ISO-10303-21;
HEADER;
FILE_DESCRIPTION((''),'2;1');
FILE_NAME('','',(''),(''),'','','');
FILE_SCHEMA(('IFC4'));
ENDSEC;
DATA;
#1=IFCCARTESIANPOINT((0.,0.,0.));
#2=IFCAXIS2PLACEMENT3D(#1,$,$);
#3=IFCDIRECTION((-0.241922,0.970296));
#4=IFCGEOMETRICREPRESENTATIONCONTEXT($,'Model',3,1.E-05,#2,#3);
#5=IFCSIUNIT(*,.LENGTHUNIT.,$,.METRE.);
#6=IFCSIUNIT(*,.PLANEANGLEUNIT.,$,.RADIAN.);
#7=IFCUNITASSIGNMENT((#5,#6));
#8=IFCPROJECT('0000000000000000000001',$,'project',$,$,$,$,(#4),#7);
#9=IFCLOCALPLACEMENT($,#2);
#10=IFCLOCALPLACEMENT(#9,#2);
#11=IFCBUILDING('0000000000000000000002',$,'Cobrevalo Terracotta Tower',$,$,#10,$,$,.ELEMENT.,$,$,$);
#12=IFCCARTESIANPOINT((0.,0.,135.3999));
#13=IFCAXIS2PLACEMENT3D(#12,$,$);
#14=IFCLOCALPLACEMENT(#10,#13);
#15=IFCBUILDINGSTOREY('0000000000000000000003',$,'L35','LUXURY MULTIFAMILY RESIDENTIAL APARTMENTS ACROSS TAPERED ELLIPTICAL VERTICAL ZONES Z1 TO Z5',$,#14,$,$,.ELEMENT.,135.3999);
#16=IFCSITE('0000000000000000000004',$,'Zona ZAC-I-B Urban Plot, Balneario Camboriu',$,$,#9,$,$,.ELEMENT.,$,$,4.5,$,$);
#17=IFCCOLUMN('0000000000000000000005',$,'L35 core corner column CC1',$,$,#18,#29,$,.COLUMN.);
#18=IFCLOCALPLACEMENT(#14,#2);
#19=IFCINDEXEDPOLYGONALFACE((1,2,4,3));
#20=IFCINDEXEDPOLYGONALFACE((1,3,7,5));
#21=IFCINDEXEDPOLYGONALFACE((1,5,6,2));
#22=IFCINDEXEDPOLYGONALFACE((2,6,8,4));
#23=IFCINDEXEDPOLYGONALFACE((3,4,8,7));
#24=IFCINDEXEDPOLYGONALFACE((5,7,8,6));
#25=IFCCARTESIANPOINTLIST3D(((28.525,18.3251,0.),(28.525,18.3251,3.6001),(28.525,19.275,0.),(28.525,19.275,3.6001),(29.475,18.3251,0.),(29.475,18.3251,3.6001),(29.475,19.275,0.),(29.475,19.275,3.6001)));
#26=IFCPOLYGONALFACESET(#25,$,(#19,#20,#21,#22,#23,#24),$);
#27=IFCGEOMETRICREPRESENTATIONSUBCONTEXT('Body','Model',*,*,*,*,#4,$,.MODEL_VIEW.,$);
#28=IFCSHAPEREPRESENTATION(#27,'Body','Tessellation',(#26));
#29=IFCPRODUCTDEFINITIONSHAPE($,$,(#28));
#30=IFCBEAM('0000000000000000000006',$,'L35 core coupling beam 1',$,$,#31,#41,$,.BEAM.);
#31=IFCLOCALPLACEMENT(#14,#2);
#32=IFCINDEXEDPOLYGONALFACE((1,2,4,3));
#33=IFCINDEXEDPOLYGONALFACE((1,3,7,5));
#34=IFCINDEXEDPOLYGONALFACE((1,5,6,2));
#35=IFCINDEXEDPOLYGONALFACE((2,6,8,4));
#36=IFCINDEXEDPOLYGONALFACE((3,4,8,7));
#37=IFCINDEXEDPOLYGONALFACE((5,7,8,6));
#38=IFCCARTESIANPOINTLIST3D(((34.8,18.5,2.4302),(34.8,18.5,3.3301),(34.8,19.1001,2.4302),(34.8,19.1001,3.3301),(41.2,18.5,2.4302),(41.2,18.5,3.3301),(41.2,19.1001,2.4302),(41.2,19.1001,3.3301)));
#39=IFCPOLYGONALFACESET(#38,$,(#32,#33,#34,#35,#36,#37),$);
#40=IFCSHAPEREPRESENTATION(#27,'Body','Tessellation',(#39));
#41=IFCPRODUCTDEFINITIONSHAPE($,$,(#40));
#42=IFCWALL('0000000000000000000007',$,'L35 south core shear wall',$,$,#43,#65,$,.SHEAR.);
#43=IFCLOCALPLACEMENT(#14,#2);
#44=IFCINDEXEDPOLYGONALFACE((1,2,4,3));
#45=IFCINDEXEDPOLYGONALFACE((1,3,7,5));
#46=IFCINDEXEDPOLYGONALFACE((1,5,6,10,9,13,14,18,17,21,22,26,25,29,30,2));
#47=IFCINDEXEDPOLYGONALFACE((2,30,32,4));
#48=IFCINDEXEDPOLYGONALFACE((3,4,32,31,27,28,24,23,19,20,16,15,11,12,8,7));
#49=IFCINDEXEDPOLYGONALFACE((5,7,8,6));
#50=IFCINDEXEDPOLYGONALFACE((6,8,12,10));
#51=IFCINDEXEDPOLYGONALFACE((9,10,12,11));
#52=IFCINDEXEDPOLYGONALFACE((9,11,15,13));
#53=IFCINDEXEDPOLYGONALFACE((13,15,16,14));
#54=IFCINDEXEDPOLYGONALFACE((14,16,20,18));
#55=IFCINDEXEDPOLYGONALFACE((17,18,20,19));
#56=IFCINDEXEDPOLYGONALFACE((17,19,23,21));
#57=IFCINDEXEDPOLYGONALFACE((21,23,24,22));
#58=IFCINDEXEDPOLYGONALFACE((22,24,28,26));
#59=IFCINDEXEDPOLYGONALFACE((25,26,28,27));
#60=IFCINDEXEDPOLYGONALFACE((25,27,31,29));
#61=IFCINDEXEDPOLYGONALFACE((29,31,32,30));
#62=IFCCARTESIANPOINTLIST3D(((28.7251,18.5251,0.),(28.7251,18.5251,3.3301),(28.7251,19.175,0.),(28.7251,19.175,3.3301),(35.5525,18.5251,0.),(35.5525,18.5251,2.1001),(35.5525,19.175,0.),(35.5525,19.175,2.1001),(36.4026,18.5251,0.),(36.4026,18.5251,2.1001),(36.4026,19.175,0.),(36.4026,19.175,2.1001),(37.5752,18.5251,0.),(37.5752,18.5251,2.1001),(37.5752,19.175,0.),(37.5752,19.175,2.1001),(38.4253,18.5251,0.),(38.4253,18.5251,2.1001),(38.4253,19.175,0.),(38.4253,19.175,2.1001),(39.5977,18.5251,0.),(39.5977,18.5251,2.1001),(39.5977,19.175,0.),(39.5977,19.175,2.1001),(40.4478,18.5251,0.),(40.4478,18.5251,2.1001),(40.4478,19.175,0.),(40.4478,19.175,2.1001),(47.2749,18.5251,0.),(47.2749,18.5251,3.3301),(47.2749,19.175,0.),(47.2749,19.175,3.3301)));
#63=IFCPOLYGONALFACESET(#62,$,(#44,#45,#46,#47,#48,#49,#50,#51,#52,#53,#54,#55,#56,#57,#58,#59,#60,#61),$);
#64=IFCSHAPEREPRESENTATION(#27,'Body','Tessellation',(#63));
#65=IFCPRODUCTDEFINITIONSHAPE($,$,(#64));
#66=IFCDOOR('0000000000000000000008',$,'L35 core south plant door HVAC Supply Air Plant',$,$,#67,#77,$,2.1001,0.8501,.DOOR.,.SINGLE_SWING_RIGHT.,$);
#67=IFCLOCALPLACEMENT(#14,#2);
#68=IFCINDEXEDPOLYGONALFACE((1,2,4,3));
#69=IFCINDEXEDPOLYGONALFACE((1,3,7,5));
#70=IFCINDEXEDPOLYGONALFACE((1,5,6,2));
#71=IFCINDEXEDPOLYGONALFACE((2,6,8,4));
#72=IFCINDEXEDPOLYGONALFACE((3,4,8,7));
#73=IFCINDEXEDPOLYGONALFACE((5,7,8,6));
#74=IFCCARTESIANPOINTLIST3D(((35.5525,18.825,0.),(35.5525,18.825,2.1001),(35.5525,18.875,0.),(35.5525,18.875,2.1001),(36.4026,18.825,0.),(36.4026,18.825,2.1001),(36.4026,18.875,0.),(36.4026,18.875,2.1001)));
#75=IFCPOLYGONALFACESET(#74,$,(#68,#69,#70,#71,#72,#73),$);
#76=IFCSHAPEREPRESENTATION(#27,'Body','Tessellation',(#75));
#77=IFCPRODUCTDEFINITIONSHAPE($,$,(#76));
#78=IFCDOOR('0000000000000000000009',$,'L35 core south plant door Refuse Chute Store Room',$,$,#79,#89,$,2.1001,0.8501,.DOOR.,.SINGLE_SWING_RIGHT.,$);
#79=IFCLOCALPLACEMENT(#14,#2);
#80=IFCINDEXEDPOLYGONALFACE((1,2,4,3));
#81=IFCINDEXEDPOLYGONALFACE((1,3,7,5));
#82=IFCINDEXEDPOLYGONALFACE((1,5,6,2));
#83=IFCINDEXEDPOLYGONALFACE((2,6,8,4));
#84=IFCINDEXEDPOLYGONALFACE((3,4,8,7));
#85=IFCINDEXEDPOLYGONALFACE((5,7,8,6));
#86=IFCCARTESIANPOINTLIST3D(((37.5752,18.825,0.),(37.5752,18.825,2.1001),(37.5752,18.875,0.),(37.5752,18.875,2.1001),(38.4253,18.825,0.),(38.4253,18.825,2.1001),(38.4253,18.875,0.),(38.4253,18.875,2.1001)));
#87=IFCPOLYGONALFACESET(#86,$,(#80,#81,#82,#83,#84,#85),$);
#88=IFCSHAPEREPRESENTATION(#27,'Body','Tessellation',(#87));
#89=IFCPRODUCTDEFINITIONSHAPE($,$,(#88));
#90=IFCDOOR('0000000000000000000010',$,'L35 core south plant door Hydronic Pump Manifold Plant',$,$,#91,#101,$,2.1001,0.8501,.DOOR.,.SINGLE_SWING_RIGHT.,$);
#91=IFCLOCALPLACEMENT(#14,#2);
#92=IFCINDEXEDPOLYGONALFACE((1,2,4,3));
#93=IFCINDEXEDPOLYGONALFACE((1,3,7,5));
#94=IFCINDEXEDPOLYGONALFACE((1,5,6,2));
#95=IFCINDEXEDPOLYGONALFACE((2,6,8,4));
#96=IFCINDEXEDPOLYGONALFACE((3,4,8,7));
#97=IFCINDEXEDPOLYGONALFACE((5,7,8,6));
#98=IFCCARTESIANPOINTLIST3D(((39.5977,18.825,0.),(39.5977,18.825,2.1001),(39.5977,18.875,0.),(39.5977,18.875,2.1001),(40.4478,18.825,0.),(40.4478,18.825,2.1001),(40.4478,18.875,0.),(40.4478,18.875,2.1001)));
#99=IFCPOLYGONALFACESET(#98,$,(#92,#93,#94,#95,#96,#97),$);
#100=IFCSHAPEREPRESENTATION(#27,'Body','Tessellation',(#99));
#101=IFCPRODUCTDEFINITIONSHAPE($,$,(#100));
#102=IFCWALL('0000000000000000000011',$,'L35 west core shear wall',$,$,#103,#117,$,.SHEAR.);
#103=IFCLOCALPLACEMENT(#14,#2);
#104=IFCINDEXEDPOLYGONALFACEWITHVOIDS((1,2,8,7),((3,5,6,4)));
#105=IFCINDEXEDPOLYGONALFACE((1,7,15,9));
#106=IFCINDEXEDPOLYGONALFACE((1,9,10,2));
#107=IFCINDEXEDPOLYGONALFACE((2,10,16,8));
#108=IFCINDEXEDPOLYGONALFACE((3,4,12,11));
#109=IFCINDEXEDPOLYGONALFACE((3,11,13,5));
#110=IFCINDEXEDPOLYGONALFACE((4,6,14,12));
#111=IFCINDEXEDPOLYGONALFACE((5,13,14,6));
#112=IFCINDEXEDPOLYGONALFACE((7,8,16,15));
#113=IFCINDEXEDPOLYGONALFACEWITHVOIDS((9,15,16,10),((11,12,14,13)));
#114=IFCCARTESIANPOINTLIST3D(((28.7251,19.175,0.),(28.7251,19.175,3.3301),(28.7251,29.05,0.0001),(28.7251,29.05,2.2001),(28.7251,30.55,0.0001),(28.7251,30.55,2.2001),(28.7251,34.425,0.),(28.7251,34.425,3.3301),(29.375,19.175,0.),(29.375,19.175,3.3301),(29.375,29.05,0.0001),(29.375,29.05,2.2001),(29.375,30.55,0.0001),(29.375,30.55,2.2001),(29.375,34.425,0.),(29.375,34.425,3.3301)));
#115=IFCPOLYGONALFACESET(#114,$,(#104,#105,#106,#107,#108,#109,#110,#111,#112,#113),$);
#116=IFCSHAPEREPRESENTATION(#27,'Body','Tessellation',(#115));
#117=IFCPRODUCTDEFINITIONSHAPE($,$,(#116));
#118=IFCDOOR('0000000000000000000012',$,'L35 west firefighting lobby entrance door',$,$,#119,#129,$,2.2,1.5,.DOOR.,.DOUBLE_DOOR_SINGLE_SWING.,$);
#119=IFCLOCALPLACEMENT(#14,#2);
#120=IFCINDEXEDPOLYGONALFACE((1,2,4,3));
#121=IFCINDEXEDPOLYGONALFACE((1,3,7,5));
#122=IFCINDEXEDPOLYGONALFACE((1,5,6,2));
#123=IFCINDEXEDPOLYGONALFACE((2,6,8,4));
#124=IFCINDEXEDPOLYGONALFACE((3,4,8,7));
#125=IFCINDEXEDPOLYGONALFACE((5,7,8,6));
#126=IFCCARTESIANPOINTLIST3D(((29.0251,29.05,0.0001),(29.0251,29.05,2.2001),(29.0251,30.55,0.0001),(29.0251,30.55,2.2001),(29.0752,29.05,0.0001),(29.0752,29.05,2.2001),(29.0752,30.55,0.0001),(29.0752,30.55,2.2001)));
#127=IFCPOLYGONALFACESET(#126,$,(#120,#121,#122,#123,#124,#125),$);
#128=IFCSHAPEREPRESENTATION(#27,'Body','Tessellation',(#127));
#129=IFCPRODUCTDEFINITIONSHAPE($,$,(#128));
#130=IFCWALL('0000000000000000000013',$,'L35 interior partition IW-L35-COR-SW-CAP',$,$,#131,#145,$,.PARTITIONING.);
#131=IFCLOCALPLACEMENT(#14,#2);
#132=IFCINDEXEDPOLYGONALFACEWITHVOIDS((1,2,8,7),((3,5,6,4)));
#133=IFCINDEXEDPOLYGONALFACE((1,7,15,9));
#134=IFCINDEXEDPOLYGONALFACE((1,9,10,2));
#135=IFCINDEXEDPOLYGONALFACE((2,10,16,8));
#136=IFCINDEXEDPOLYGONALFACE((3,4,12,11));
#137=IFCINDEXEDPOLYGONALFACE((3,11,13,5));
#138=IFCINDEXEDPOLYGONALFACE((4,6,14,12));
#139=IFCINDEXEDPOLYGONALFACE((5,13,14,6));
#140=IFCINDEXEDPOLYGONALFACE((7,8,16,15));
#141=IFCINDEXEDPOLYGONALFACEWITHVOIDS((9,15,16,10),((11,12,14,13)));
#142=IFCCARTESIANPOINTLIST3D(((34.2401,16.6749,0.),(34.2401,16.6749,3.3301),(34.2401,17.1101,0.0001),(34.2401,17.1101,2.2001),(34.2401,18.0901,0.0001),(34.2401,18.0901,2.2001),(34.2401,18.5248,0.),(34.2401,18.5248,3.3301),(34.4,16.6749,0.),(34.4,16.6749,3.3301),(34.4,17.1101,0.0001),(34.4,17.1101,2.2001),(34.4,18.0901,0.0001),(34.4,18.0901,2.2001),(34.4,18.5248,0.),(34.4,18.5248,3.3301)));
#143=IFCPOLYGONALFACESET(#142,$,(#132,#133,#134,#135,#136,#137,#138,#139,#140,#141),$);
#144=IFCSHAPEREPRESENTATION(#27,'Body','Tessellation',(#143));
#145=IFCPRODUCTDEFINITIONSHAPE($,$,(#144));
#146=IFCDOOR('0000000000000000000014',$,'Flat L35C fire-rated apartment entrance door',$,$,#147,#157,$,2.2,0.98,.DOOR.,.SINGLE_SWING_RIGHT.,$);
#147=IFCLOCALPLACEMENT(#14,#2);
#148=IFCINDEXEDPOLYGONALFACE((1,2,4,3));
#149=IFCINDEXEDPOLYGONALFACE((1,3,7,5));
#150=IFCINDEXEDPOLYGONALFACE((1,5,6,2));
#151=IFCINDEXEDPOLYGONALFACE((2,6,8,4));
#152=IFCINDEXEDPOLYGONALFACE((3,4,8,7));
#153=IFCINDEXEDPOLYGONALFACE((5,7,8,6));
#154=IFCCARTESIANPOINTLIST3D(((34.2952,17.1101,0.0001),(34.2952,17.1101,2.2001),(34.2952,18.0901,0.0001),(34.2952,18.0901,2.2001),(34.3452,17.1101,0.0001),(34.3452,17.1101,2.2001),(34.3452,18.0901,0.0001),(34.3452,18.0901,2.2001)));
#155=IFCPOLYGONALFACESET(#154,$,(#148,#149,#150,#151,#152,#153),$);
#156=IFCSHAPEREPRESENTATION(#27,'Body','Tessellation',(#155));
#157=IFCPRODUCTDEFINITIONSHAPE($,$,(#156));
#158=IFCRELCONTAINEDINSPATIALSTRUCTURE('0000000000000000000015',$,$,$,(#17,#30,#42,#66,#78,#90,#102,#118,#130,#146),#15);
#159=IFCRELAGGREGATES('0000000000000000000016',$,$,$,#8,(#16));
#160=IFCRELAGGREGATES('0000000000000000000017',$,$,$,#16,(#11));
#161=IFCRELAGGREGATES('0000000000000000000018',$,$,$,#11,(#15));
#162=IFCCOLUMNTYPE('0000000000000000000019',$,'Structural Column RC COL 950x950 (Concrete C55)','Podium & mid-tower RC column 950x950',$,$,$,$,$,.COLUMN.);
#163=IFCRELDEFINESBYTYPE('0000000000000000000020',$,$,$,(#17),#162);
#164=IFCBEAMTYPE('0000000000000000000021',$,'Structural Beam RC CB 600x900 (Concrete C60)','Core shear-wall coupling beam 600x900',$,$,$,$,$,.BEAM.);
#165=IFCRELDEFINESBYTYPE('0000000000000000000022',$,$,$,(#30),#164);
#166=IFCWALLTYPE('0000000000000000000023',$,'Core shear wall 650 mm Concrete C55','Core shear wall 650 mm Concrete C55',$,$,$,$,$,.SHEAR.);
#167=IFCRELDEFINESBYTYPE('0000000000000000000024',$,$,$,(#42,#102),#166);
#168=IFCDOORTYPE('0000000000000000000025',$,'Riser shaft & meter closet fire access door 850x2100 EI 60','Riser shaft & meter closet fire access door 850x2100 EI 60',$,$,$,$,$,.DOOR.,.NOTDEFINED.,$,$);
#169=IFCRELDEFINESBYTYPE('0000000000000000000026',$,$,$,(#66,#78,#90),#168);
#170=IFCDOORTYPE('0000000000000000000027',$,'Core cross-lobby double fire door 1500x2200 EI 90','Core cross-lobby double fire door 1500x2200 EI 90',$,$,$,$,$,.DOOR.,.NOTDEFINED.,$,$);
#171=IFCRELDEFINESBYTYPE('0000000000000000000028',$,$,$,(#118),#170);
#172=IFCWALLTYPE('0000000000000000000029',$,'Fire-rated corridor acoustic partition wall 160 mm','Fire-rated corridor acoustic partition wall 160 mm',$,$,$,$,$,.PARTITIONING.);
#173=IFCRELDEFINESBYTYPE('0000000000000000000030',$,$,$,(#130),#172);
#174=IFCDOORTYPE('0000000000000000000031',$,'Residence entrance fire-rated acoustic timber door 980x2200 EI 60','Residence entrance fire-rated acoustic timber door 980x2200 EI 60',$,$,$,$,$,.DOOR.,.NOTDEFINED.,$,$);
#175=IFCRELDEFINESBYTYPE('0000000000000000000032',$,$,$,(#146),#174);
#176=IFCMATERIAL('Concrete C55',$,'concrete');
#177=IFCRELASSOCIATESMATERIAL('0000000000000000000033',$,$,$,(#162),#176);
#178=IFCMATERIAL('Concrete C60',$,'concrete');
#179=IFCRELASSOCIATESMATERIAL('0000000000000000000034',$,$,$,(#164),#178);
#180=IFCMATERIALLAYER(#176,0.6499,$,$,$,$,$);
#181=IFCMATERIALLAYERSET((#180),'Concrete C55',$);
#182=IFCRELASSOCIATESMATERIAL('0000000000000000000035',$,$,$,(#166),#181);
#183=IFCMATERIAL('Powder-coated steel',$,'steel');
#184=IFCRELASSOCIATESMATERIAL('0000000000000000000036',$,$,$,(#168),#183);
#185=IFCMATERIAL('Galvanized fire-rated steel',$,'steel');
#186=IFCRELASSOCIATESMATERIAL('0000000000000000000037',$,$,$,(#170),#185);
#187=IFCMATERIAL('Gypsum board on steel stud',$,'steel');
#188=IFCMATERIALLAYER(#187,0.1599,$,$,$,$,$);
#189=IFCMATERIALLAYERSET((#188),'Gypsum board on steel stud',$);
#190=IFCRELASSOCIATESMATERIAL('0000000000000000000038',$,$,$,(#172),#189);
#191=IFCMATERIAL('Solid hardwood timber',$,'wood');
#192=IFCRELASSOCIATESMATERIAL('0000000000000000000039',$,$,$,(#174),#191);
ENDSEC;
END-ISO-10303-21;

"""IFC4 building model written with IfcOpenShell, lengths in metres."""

from ifc_helpers import new_model, si_unit, direction, frame, frame_2d, origin, origin_2d, place, context, subcontext, project, spatial, rectangle, extrude, source, transform, mapped, material, layer, layer_set, material_profile, profile_set, type_object, element, fill, save


model = new_model("IFC4")

# Units and contexts
model_context = context("Model", 3, precision=1e-05, world=origin(), true_north=direction((-0.241922, 0.970296)))
body_context = subcontext(model_context, "Body", "Model", "MODEL_VIEW")
ifc_project = project(units=[si_unit("LENGTHUNIT", "METRE"), si_unit("PLANEANGLEUNIT", "RADIAN")], contexts=[model_context])

# Site, building, storey
site_placement = place(None, origin())
site = spatial("IfcSite", under=ifc_project, at=site_placement, Name="Zona ZAC-I-B Urban Plot, Balneario Camboriu", CompositionType="ELEMENT", RefElevation=4.5)
building_placement = place(site_placement, origin())
building = spatial("IfcBuilding", under=site, at=building_placement, Name="Cobrevalo Terracotta Tower", CompositionType="ELEMENT")
storey_placement = place(building_placement, frame((0.0, 0.0, 135.3999)))
storey = spatial("IfcBuildingStorey", under=building, at=storey_placement, Name="L35", Description="LUXURY MULTIFAMILY RESIDENTIAL APARTMENTS ACROSS TAPERED ELLIPTICAL VERTICAL ZONES Z1 TO Z5", CompositionType="ELEMENT", Elevation=135.3999)

# Column
ifc_material_1 = material(Name="Concrete C55", Category="concrete")
ifc_material_profile_1 = material_profile(ifc_material_1, rectangle(XDim=0.95, YDim=0.95, at=origin_2d()), Name="RC COL 950x950")
ifc_profile_set_1 = profile_set([ifc_material_profile_1], Name="Concrete C55")
column_type = type_object("IfcColumnType", Name="Structural Column RC COL 950x950 (Concrete C55)", Description="Podium & mid-tower RC column 950x950", PredefinedType="COLUMN", material=ifc_profile_set_1)
column_placement = place(storey_placement, frame((29.0, 18.8, 0.0), z_axis=(0.0, 0.0, 1.0), x_axis=(1.0, 0.0, 0.0)))
element("IfcColumn", 1, at=column_placement, inside=storey, type_object=column_type, Name="L35 core corner column CC1", PredefinedType="COLUMN", context=body_context, shape_type="SweptSolid", body=[
    extrude(rectangle(XDim=0.95, YDim=0.95, at=origin_2d()), origin(), (0.0, 0.0, 1.0), 3.6001),
])

# Beam
ifc_material_2 = material(Name="Concrete C60", Category="concrete")
ifc_material_profile_2 = material_profile(ifc_material_2, rectangle(XDim=0.6001, YDim=0.8999, at=origin_2d()), Name="RC CB 600x900")
ifc_profile_set_2 = profile_set([ifc_material_profile_2], Name="Concrete C60")
beam_type = type_object("IfcBeamType", Name="Structural Beam RC CB 600x900 (Concrete C60)", Description="Core shear-wall coupling beam 600x900", PredefinedType="BEAM", material=ifc_profile_set_2)
beam_placement = place(storey_placement, frame((34.8, 18.8, 2.8801), z_axis=(1.0, 0.0, 0.0), x_axis=(0.0, 1.0, 0.0)))
element("IfcBeam", 2, at=beam_placement, inside=storey, type_object=beam_type, Name="L35 core coupling beam 1", PredefinedType="BEAM", context=body_context, shape_type="SweptSolid", body=[
    extrude(rectangle(XDim=0.6001, YDim=0.8999, at=origin_2d()), origin(), (0.0, 0.0, 1.0), 6.3999),
])

# Wall, openings, doors
ifc_layer_1 = layer(ifc_material_1, 0.6499)
ifc_layer_set_1 = layer_set([ifc_layer_1], Name="Concrete C55")
wall_type_1 = type_object("IfcWallType", Name="Core shear wall 650 mm Concrete C55", Description="Core shear wall 650 mm Concrete C55", PredefinedType="SHEAR", material=ifc_layer_set_1)
wall_1_placement = place(storey_placement, frame((28.7251, 18.8501, 0.0), z_axis=(0.0, 0.0, 1.0), x_axis=(1.0, 0.0, 0.0)))
wall_1 = element("IfcWall", 3, at=wall_1_placement, inside=storey, type_object=wall_type_1, Name="L35 south core shear wall", PredefinedType="SHEAR", context=body_context, shape_type="SweptSolid", body=[
    extrude(rectangle(XDim=18.5498, YDim=0.6499, at=frame_2d((9.2749, 0.0))), origin(), (0.0, 0.0, 1.0), 3.3301),
])
opening_1_placement = place(wall_1_placement, frame((6.8274, 0.0, 0.0)))
opening_1 = element("IfcOpeningElement", 4, at=opening_1_placement, cuts=wall_1, PredefinedType="OPENING", context=body_context, shape_type="SweptSolid", body=[
    extrude(rectangle(XDim=0.8501, YDim=2.1001, at=frame_2d((0.425, 1.05))), frame((0.0, 0.335, 0.0), z_axis=(0.0, -1.0, 0.0), x_axis=(1.0, 0.0, 0.0)), (0.0, 0.0, 1.0), 0.6699),
])
opening_2_placement = place(wall_1_placement, frame((8.8501, 0.0, 0.0)))
opening_2 = element("IfcOpeningElement", 5, at=opening_2_placement, cuts=wall_1, PredefinedType="OPENING", context=body_context, shape_type="SweptSolid", body=[
    extrude(rectangle(XDim=0.8501, YDim=2.1001, at=frame_2d((0.425, 1.05))), frame((0.0, 0.335, 0.0), z_axis=(0.0, -1.0, 0.0), x_axis=(1.0, 0.0, 0.0)), (0.0, 0.0, 1.0), 0.6699),
])
opening_3_placement = place(wall_1_placement, frame((10.8726, 0.0, 0.0)))
opening_3 = element("IfcOpeningElement", 6, at=opening_3_placement, cuts=wall_1, PredefinedType="OPENING", context=body_context, shape_type="SweptSolid", body=[
    extrude(rectangle(XDim=0.8501, YDim=2.1001, at=frame_2d((0.425, 1.05))), frame((0.0, 0.335, 0.0), z_axis=(0.0, -1.0, 0.0), x_axis=(1.0, 0.0, 0.0)), (0.0, 0.0, 1.0), 0.6699),
])
ifc_material_3 = material(Name="Powder-coated steel", Category="steel")
door_type_1 = type_object("IfcDoorType", Name="Riser shaft & meter closet fire access door 850x2100 EI 60", Description="Riser shaft & meter closet fire access door 850x2100 EI 60", OperationType="NOTDEFINED", PredefinedType="DOOR", material=ifc_material_3)
shared_shape_1 = source(origin(), body_context, "Body", "SweptSolid", [
    extrude(rectangle(XDim=0.8501, YDim=2.1001, at=frame_2d((0.425, 1.05))), frame((0.0, 0.0249, 0.0), z_axis=(0.0, -1.0, 0.0), x_axis=(1.0, 0.0, 0.0)), (0.0, 0.0, 1.0), 0.05),
])
door_1_placement = place(opening_1_placement, origin())
door_1 = element("IfcDoor", 7, at=door_1_placement, inside=storey, type_object=door_type_1, Name="L35 core south plant door HVAC Supply Air Plant", OperationType="SINGLE_SWING_RIGHT", OverallHeight=2.1001, OverallWidth=0.8501, PredefinedType="DOOR", context=body_context, shape_type="MappedRepresentation", body=[
    mapped(shared_shape_1, transform((0.0, 0.0, 0.0), scale=1.0)),
])
fill(opening_1, door_1)
door_2_placement = place(opening_2_placement, origin())
door_2 = element("IfcDoor", 8, at=door_2_placement, inside=storey, type_object=door_type_1, Name="L35 core south plant door Refuse Chute Store Room", OperationType="SINGLE_SWING_RIGHT", OverallHeight=2.1001, OverallWidth=0.8501, PredefinedType="DOOR", context=body_context, shape_type="MappedRepresentation", body=[
    mapped(shared_shape_1, transform((0.0, 0.0, 0.0), scale=1.0)),
])
fill(opening_2, door_2)
door_3_placement = place(opening_3_placement, origin())
door_3 = element("IfcDoor", 9, at=door_3_placement, inside=storey, type_object=door_type_1, Name="L35 core south plant door Hydronic Pump Manifold Plant", OperationType="SINGLE_SWING_RIGHT", OverallHeight=2.1001, OverallWidth=0.8501, PredefinedType="DOOR", context=body_context, shape_type="MappedRepresentation", body=[
    mapped(shared_shape_1, transform((0.0, 0.0, 0.0), scale=1.0)),
])
fill(opening_3, door_3)

# Walls, openings, doors
wall_2_placement = place(storey_placement, frame((29.05, 19.175, 0.0), z_axis=(0.0, 0.0, 1.0), x_axis=(0.0, 1.0, 0.0)))
wall_2 = element("IfcWall", 10, at=wall_2_placement, inside=storey, type_object=wall_type_1, Name="L35 west core shear wall", PredefinedType="SHEAR", context=body_context, shape_type="SweptSolid", body=[
    extrude(rectangle(XDim=15.25, YDim=0.6499, at=frame_2d((7.625, 0.0))), origin(), (0.0, 0.0, 1.0), 3.3301),
])
opening_4_placement = place(wall_2_placement, frame((9.875, 0.0, 0.0)))
opening_4 = element("IfcOpeningElement", 11, at=opening_4_placement, cuts=wall_2, PredefinedType="OPENING", context=body_context, shape_type="SweptSolid", body=[
    extrude(rectangle(XDim=1.5, YDim=2.2, at=frame_2d((0.75, 1.1001))), frame((0.0, 0.335, 0.0), z_axis=(0.0, -1.0, 0.0), x_axis=(1.0, 0.0, 0.0)), (0.0, 0.0, 1.0), 0.6699),
])
ifc_material_4 = material(Name="Galvanized fire-rated steel", Category="steel")
door_type_2 = type_object("IfcDoorType", Name="Core cross-lobby double fire door 1500x2200 EI 90", Description="Core cross-lobby double fire door 1500x2200 EI 90", OperationType="NOTDEFINED", PredefinedType="DOOR", material=ifc_material_4)
shared_shape_2 = source(origin(), body_context, "Body", "SweptSolid", [
    extrude(rectangle(XDim=1.5, YDim=2.2, at=frame_2d((0.75, 1.1001))), frame((0.0, 0.0249, 0.0), z_axis=(0.0, -1.0, 0.0), x_axis=(1.0, 0.0, 0.0)), (0.0, 0.0, 1.0), 0.05),
])
door_4_placement = place(opening_4_placement, origin())
door_4 = element("IfcDoor", 12, at=door_4_placement, inside=storey, type_object=door_type_2, Name="L35 west firefighting lobby entrance door", OperationType="DOUBLE_DOOR_SINGLE_SWING", OverallHeight=2.2, OverallWidth=1.5, PredefinedType="DOOR", context=body_context, shape_type="MappedRepresentation", body=[
    mapped(shared_shape_2, transform((0.0, 0.0, 0.0), scale=1.0)),
])
fill(opening_4, door_4)
ifc_material_5 = material(Name="Gypsum board on steel stud", Category="steel")
ifc_layer_2 = layer(ifc_material_5, 0.1599)
ifc_layer_set_2 = layer_set([ifc_layer_2], Name="Gypsum board on steel stud")
wall_type_2 = type_object("IfcWallType", Name="Fire-rated corridor acoustic partition wall 160 mm", Description="Fire-rated corridor acoustic partition wall 160 mm", PredefinedType="PARTITIONING", material=ifc_layer_set_2)
wall_3_placement = place(storey_placement, frame((34.3201, 16.675, 0.0), z_axis=(0.0, 0.0, 1.0), x_axis=(0.0, 1.0, 0.0)))
wall_3 = element("IfcWall", 13, at=wall_3_placement, inside=storey, type_object=wall_type_2, Name="L35 interior partition IW-L35-COR-SW-CAP", PredefinedType="PARTITIONING", context=body_context, shape_type="SweptSolid", body=[
    extrude(rectangle(XDim=1.8499, YDim=0.1599, at=frame_2d((0.9248, 0.0))), origin(), (0.0, 0.0, 1.0), 3.3301),
])
opening_5_placement = place(wall_3_placement, frame((0.4351, 0.0, 0.0)))
opening_5 = element("IfcOpeningElement", 14, at=opening_5_placement, cuts=wall_3, PredefinedType="OPENING", context=body_context, shape_type="SweptSolid", body=[
    extrude(rectangle(XDim=0.98, YDim=2.2, at=frame_2d((0.49, 1.1001))), frame((0.0, 0.0898, 0.0), z_axis=(0.0, -1.0, 0.0), x_axis=(1.0, 0.0, 0.0)), (0.0, 0.0, 1.0), 0.1799),
])
ifc_material_6 = material(Name="Solid hardwood timber", Category="wood")
door_type_3 = type_object("IfcDoorType", Name="Residence entrance fire-rated acoustic timber door 980x2200 EI 60", Description="Residence entrance fire-rated acoustic timber door 980x2200 EI 60", OperationType="NOTDEFINED", PredefinedType="DOOR", material=ifc_material_6)
shared_shape_3 = source(origin(), body_context, "Body", "SweptSolid", [
    extrude(rectangle(XDim=0.98, YDim=2.2, at=frame_2d((0.49, 1.1001))), frame((0.0, 0.0249, 0.0), z_axis=(0.0, -1.0, 0.0), x_axis=(1.0, 0.0, 0.0)), (0.0, 0.0, 1.0), 0.05),
])
door_5_placement = place(opening_5_placement, origin())
door_5 = element("IfcDoor", 15, at=door_5_placement, inside=storey, type_object=door_type_3, Name="Flat L35C fire-rated apartment entrance door", OperationType="SINGLE_SWING_RIGHT", OverallHeight=2.2, OverallWidth=0.98, PredefinedType="DOOR", context=body_context, shape_type="MappedRepresentation", body=[
    mapped(shared_shape_3, transform((0.0, 0.0, 0.0), scale=1.0)),
])
fill(opening_5, door_5)

save(model, "model.ifc")
